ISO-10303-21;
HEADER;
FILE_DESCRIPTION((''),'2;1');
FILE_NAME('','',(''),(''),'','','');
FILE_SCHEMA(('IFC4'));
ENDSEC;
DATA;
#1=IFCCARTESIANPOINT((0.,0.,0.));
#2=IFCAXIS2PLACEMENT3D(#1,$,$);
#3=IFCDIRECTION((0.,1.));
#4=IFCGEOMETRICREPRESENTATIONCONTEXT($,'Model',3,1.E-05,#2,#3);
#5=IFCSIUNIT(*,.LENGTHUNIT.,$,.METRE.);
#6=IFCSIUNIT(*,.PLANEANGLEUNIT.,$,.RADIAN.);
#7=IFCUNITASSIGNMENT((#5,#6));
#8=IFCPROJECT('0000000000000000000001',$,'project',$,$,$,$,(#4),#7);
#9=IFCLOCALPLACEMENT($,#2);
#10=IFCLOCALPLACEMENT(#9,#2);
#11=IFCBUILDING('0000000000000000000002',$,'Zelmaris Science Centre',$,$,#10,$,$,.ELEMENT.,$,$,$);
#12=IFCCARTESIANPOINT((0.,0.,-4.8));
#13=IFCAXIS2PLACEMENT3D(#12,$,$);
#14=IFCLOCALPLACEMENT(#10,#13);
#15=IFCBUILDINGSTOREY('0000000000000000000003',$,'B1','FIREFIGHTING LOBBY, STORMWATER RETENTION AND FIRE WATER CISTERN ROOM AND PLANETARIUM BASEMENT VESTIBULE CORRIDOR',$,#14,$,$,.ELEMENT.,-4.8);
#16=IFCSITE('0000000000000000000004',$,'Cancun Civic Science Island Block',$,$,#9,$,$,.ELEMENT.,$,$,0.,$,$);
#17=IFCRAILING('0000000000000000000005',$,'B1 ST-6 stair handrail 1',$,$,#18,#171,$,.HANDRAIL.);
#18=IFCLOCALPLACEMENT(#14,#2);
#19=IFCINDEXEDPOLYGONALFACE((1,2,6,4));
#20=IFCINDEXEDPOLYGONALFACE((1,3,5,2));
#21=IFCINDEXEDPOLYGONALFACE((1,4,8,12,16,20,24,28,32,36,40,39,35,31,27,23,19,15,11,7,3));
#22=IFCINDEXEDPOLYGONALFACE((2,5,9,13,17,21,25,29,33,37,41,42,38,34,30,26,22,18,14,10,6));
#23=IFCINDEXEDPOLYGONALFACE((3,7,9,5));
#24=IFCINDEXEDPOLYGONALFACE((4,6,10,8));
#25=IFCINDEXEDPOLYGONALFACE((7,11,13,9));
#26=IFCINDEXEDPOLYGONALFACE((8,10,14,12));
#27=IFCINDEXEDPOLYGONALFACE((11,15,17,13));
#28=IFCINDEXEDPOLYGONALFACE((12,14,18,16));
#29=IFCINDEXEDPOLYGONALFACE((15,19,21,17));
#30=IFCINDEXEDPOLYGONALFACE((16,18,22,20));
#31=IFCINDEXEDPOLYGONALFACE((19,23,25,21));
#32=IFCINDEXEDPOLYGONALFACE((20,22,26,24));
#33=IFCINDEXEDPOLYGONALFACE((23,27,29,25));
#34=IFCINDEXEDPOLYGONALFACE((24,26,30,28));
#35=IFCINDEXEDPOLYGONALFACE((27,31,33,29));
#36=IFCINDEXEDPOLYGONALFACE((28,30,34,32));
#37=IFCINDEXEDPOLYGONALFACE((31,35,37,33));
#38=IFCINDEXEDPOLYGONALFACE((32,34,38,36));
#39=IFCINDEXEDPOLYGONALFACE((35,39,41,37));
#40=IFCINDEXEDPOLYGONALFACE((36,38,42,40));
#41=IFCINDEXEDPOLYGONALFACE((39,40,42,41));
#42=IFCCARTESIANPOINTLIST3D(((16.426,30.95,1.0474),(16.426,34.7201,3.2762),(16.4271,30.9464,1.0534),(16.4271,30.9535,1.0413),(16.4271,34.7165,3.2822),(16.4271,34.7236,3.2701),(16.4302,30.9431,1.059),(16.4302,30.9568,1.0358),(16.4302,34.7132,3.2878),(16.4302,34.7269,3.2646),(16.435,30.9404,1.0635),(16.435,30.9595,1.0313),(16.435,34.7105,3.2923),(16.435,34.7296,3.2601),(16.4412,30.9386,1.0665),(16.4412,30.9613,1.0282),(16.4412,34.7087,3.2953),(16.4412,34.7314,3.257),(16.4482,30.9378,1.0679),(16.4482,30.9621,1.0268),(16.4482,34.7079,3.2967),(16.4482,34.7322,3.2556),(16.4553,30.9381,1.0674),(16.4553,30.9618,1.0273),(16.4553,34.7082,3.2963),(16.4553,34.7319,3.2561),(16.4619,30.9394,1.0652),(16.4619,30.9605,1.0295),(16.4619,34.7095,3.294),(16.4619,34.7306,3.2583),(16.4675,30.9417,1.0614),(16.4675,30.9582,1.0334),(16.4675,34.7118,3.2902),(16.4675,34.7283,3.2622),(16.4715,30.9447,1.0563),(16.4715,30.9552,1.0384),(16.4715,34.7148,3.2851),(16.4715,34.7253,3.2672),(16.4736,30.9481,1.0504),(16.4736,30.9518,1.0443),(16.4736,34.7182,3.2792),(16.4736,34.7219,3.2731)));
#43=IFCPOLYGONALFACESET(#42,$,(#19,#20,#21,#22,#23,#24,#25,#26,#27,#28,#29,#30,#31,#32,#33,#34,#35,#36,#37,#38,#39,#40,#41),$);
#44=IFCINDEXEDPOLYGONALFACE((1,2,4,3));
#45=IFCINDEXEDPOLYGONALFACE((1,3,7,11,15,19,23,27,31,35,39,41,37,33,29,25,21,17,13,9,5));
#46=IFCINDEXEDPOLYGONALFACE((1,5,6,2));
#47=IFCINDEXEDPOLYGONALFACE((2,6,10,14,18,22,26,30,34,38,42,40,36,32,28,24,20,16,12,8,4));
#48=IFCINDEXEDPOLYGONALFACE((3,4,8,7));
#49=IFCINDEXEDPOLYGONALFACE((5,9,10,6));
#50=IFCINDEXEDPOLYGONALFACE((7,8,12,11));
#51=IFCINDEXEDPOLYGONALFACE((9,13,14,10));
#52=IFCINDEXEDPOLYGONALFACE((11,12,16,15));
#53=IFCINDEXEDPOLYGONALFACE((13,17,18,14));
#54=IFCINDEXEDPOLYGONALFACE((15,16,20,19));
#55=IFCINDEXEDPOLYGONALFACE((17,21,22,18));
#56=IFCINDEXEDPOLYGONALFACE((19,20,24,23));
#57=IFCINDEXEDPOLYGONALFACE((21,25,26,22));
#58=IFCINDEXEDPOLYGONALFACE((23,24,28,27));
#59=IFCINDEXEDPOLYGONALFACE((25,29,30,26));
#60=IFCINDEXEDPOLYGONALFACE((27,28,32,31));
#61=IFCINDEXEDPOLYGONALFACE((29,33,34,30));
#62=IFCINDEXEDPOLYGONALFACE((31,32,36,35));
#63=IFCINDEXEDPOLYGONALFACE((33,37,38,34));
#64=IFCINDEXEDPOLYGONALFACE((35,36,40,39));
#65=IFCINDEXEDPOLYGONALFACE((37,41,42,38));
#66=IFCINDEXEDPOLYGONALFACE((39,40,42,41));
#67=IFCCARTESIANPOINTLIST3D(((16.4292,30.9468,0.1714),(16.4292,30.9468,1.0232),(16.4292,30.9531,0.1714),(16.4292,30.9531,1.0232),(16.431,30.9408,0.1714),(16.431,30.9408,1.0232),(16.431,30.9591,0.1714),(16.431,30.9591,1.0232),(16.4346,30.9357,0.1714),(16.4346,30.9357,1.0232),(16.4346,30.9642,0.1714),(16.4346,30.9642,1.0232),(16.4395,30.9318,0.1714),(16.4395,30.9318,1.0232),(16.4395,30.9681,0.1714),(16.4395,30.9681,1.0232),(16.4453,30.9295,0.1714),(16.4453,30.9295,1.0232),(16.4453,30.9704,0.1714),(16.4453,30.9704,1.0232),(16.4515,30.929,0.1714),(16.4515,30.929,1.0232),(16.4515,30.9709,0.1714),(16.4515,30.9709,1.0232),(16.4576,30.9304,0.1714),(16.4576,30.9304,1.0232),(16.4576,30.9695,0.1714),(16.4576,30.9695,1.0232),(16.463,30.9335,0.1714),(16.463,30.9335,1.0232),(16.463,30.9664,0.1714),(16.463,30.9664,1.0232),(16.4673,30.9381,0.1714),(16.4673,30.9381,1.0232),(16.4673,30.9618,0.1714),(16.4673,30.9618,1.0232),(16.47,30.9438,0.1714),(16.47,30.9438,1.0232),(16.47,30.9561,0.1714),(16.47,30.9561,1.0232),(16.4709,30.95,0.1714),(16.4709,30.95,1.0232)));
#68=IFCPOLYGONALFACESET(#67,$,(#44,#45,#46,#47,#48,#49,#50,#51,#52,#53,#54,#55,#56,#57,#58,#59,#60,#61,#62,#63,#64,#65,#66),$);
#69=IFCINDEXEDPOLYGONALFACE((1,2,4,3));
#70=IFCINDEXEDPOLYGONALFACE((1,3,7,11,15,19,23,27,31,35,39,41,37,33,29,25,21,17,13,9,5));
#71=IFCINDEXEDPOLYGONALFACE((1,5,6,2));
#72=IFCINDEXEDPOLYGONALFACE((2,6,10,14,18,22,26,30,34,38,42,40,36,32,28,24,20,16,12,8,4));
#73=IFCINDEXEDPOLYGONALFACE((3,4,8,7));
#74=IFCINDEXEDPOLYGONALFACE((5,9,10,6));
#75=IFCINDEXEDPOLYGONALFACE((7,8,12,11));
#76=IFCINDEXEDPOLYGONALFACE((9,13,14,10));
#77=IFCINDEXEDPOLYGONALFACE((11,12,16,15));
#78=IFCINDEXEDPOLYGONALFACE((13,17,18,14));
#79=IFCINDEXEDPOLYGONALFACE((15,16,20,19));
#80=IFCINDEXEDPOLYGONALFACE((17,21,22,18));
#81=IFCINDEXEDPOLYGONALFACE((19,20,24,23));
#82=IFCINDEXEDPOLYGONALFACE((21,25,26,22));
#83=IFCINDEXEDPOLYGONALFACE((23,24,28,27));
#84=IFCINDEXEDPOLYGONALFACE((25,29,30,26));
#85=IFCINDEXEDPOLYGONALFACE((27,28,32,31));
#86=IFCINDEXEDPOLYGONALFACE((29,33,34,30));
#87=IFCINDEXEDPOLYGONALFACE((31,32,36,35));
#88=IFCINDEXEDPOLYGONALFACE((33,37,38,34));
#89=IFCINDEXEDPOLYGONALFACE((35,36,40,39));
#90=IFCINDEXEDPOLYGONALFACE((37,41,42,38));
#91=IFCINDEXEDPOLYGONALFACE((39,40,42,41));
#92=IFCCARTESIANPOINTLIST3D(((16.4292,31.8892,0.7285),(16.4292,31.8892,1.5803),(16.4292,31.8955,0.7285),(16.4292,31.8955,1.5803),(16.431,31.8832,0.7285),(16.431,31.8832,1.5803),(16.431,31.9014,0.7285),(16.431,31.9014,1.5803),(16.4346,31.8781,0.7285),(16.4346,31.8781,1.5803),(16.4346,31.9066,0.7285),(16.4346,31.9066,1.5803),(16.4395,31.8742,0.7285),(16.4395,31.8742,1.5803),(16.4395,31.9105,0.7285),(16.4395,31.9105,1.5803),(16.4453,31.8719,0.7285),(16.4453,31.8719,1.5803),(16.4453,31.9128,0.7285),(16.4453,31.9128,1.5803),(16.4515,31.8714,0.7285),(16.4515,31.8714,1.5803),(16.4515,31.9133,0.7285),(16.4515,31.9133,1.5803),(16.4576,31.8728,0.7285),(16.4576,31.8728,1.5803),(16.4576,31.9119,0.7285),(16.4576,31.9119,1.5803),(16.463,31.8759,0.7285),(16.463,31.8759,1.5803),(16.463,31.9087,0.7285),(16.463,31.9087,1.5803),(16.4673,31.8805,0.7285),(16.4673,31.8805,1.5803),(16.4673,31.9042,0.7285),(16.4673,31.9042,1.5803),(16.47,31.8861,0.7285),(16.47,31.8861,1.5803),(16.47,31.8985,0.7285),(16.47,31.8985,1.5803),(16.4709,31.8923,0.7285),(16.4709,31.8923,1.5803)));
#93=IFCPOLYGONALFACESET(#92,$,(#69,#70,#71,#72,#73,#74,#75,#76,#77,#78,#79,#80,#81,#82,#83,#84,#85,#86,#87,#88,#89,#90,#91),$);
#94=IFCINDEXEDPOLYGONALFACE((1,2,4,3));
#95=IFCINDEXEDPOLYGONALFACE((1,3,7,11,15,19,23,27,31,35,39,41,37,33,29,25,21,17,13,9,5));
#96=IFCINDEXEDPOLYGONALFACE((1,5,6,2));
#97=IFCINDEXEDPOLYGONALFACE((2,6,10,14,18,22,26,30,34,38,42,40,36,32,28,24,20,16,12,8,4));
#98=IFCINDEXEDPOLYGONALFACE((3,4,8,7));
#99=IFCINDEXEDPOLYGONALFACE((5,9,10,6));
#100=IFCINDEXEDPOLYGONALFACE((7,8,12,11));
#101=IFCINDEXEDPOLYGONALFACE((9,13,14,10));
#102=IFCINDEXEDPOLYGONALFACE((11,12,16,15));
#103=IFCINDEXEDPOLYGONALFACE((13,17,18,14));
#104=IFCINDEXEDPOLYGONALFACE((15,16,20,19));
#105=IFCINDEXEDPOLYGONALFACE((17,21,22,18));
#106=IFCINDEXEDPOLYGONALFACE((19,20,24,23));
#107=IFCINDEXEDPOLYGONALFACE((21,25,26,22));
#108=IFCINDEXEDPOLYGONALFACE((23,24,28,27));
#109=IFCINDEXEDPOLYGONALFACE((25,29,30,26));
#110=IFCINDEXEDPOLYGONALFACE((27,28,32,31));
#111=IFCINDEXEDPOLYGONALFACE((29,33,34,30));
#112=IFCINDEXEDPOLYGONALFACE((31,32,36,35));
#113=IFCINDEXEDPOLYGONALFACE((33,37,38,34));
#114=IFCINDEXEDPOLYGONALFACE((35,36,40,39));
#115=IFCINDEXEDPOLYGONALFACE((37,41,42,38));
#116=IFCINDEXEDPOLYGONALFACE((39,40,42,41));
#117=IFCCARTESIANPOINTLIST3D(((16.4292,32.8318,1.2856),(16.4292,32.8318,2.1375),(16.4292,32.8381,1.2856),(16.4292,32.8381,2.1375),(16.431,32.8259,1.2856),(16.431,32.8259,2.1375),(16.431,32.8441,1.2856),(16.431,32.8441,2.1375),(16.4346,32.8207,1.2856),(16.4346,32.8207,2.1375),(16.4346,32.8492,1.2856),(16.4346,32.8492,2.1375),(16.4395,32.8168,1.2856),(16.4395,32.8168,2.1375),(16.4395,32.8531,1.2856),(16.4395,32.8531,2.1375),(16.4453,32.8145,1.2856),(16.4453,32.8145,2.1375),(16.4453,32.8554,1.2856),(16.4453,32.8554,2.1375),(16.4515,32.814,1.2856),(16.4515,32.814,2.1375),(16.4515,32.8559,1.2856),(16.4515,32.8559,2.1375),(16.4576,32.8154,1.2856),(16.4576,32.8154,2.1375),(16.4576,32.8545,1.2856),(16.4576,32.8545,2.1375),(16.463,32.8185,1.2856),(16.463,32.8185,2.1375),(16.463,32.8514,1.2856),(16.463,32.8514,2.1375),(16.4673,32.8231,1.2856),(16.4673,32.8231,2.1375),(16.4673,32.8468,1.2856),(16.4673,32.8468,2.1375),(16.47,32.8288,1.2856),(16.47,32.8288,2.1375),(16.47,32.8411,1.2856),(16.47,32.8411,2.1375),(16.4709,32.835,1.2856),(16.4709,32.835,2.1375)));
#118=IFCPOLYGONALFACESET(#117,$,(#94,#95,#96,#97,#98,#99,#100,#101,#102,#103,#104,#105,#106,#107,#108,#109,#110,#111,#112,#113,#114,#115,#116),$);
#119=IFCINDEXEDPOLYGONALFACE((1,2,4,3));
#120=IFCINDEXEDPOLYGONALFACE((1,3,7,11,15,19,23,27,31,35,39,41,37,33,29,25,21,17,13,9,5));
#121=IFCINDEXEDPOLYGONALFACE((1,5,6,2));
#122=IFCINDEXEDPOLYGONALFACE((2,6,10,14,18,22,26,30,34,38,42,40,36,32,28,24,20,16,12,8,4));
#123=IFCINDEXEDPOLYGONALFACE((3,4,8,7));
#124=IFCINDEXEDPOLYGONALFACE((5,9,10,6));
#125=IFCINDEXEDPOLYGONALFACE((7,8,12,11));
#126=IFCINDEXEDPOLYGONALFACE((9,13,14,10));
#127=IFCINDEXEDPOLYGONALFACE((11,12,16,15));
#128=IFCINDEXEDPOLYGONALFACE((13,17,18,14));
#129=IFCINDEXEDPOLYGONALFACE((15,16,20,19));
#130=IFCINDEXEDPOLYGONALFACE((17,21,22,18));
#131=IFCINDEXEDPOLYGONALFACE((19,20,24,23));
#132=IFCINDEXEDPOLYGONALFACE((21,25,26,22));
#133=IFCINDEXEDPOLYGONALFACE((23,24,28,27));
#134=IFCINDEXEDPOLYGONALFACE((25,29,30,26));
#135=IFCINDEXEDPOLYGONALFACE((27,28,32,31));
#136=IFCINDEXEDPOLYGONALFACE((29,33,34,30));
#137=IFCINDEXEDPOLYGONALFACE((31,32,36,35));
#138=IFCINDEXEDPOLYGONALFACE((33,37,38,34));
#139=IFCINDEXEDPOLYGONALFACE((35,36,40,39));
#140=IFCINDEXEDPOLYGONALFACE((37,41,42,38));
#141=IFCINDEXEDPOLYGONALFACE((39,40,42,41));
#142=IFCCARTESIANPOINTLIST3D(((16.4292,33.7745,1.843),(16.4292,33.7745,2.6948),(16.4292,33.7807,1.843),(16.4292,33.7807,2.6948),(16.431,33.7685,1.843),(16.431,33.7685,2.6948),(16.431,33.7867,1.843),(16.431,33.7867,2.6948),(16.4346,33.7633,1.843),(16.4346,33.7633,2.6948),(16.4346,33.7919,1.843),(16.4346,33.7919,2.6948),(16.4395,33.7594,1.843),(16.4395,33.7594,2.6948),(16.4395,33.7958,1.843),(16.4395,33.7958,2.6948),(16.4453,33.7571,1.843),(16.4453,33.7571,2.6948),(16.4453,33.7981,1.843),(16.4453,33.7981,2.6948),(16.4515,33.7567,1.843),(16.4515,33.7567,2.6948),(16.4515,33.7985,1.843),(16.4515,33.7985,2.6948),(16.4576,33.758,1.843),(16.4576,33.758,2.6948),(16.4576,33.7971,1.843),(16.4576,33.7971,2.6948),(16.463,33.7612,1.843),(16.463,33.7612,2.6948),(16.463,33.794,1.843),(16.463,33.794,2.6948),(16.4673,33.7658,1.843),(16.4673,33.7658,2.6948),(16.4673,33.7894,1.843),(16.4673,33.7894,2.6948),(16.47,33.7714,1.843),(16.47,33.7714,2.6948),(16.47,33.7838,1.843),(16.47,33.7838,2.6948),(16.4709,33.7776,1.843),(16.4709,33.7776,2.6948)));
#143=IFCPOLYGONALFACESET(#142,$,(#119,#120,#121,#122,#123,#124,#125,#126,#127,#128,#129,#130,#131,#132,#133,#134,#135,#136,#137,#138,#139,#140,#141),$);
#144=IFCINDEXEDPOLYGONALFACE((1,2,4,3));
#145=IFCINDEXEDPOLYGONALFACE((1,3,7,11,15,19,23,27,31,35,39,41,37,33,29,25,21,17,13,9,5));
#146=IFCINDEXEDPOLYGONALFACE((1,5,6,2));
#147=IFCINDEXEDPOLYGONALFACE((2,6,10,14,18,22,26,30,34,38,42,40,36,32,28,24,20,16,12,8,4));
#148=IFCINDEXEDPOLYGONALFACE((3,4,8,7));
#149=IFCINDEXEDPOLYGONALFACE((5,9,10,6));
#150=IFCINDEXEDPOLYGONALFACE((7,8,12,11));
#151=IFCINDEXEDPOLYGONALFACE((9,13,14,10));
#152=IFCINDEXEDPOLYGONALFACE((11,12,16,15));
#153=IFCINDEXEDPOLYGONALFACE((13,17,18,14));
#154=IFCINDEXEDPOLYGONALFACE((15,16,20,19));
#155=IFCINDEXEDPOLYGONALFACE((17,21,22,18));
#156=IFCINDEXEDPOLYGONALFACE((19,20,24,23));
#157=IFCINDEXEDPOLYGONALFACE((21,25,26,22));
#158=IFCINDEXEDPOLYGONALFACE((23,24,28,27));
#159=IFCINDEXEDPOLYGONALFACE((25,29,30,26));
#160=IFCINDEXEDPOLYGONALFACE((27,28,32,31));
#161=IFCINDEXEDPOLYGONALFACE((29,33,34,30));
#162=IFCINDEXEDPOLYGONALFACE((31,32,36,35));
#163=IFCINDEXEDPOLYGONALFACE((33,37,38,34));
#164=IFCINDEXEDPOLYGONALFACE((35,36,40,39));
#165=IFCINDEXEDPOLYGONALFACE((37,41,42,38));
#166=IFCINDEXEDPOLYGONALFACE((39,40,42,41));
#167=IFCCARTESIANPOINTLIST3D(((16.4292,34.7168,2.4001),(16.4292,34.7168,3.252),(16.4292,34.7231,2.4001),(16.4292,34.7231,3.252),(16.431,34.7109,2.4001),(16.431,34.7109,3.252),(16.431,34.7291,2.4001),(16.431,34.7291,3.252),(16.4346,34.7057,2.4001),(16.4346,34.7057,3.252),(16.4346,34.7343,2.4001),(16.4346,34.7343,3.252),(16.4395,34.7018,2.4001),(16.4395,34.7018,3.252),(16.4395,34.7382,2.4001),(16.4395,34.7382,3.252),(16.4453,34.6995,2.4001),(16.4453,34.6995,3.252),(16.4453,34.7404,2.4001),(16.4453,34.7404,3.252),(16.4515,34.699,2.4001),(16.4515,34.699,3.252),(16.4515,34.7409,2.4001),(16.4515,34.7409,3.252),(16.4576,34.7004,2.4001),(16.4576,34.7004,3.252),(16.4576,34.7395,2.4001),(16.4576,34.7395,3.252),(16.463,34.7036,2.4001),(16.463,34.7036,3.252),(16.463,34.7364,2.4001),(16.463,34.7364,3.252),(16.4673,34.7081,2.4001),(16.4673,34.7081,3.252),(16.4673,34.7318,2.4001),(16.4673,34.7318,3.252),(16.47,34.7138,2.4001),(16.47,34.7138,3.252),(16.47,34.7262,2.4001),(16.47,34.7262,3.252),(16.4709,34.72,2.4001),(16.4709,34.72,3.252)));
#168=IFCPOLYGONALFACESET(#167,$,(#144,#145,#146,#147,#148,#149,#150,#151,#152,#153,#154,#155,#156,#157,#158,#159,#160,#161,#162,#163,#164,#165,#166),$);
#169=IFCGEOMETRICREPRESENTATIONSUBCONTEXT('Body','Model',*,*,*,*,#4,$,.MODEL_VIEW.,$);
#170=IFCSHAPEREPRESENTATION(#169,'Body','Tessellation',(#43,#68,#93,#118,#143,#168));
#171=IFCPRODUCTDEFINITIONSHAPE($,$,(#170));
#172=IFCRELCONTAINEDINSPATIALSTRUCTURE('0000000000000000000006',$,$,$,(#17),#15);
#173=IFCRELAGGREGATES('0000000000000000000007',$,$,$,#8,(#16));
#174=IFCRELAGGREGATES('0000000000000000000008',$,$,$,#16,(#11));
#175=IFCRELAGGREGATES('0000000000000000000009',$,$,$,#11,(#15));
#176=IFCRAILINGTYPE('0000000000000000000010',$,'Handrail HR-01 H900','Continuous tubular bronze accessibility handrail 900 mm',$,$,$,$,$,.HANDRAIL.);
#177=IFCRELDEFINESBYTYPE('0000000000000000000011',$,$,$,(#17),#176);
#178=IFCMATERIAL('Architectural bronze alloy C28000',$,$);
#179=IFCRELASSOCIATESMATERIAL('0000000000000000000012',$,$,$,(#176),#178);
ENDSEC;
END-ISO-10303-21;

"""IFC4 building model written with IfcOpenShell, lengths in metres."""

from ifc_helpers import new_model, si_unit, direction, frame, origin, origin_2d, place, context, subcontext, project, spatial, circle, extrude, material, type_object, element, save


model = new_model("IFC4")

# Units and contexts
model_context = context("Model", 3, precision=1e-05, world=origin(), true_north=direction((0.0, 1.0)))
body_context = subcontext(model_context, "Body", "Model", "MODEL_VIEW")
ifc_project = project(units=[si_unit("LENGTHUNIT", "METRE"), si_unit("PLANEANGLEUNIT", "RADIAN")], contexts=[model_context])

# Site, building, storey
site_placement = place(None, origin())
site = spatial("IfcSite", under=ifc_project, at=site_placement, Name="Cancun Civic Science Island Block", CompositionType="ELEMENT", RefElevation=0.0)
building_placement = place(site_placement, origin())
building = spatial("IfcBuilding", under=site, at=building_placement, Name="Zelmaris Science Centre", CompositionType="ELEMENT")
storey_placement = place(building_placement, frame((0.0, 0.0, -4.8)))
storey = spatial("IfcBuildingStorey", under=building, at=storey_placement, Name="B1", Description="FIREFIGHTING LOBBY, STORMWATER RETENTION AND FIRE WATER CISTERN ROOM AND PLANETARIUM BASEMENT VESTIBULE CORRIDOR", CompositionType="ELEMENT", Elevation=-4.8)

# Railing
ifc_material_1 = material(Name="Architectural bronze alloy C28000")
railing_type = type_object("IfcRailingType", Name="Handrail HR-01 H900", Description="Continuous tubular bronze accessibility handrail 900 mm", PredefinedType="HANDRAIL", material=ifc_material_1)
railing_placement = place(storey_placement, frame((16.45, 30.95, 0.1714)))
element("IfcRailing", 1, at=railing_placement, inside=storey, type_object=railing_type, Name="B1 ST-6 stair handrail 1", PredefinedType="HANDRAIL", context=body_context, shape_type="SweptSolid", body=[
    extrude(circle(Radius=0.0239, at=origin_2d()), frame((0.0, 0.0, 0.876), z_axis=(0.0, 0.860824, 0.508902), x_axis=(-1.0, 0.0, 0.0)), (0.0, 0.0, 1.0), 4.3796),
    extrude(circle(Radius=0.021, at=origin_2d()), origin(), (0.0, 0.0, 1.0), 0.8518),
    extrude(circle(Radius=0.021, at=origin_2d()), frame((0.0, 0.9424, 0.5571)), (0.0, 0.0, 1.0), 0.8518),
    extrude(circle(Radius=0.021, at=origin_2d()), frame((0.0, 1.885, 1.1143)), (0.0, 0.0, 1.0), 0.8518),
    extrude(circle(Radius=0.021, at=origin_2d()), frame((0.0, 2.8276, 1.6716)), (0.0, 0.0, 1.0), 0.8518),
    extrude(circle(Radius=0.021, at=origin_2d()), frame((0.0, 3.77, 2.2288)), (0.0, 0.0, 1.0), 0.8518),
])

save(model, "model.ifc")
